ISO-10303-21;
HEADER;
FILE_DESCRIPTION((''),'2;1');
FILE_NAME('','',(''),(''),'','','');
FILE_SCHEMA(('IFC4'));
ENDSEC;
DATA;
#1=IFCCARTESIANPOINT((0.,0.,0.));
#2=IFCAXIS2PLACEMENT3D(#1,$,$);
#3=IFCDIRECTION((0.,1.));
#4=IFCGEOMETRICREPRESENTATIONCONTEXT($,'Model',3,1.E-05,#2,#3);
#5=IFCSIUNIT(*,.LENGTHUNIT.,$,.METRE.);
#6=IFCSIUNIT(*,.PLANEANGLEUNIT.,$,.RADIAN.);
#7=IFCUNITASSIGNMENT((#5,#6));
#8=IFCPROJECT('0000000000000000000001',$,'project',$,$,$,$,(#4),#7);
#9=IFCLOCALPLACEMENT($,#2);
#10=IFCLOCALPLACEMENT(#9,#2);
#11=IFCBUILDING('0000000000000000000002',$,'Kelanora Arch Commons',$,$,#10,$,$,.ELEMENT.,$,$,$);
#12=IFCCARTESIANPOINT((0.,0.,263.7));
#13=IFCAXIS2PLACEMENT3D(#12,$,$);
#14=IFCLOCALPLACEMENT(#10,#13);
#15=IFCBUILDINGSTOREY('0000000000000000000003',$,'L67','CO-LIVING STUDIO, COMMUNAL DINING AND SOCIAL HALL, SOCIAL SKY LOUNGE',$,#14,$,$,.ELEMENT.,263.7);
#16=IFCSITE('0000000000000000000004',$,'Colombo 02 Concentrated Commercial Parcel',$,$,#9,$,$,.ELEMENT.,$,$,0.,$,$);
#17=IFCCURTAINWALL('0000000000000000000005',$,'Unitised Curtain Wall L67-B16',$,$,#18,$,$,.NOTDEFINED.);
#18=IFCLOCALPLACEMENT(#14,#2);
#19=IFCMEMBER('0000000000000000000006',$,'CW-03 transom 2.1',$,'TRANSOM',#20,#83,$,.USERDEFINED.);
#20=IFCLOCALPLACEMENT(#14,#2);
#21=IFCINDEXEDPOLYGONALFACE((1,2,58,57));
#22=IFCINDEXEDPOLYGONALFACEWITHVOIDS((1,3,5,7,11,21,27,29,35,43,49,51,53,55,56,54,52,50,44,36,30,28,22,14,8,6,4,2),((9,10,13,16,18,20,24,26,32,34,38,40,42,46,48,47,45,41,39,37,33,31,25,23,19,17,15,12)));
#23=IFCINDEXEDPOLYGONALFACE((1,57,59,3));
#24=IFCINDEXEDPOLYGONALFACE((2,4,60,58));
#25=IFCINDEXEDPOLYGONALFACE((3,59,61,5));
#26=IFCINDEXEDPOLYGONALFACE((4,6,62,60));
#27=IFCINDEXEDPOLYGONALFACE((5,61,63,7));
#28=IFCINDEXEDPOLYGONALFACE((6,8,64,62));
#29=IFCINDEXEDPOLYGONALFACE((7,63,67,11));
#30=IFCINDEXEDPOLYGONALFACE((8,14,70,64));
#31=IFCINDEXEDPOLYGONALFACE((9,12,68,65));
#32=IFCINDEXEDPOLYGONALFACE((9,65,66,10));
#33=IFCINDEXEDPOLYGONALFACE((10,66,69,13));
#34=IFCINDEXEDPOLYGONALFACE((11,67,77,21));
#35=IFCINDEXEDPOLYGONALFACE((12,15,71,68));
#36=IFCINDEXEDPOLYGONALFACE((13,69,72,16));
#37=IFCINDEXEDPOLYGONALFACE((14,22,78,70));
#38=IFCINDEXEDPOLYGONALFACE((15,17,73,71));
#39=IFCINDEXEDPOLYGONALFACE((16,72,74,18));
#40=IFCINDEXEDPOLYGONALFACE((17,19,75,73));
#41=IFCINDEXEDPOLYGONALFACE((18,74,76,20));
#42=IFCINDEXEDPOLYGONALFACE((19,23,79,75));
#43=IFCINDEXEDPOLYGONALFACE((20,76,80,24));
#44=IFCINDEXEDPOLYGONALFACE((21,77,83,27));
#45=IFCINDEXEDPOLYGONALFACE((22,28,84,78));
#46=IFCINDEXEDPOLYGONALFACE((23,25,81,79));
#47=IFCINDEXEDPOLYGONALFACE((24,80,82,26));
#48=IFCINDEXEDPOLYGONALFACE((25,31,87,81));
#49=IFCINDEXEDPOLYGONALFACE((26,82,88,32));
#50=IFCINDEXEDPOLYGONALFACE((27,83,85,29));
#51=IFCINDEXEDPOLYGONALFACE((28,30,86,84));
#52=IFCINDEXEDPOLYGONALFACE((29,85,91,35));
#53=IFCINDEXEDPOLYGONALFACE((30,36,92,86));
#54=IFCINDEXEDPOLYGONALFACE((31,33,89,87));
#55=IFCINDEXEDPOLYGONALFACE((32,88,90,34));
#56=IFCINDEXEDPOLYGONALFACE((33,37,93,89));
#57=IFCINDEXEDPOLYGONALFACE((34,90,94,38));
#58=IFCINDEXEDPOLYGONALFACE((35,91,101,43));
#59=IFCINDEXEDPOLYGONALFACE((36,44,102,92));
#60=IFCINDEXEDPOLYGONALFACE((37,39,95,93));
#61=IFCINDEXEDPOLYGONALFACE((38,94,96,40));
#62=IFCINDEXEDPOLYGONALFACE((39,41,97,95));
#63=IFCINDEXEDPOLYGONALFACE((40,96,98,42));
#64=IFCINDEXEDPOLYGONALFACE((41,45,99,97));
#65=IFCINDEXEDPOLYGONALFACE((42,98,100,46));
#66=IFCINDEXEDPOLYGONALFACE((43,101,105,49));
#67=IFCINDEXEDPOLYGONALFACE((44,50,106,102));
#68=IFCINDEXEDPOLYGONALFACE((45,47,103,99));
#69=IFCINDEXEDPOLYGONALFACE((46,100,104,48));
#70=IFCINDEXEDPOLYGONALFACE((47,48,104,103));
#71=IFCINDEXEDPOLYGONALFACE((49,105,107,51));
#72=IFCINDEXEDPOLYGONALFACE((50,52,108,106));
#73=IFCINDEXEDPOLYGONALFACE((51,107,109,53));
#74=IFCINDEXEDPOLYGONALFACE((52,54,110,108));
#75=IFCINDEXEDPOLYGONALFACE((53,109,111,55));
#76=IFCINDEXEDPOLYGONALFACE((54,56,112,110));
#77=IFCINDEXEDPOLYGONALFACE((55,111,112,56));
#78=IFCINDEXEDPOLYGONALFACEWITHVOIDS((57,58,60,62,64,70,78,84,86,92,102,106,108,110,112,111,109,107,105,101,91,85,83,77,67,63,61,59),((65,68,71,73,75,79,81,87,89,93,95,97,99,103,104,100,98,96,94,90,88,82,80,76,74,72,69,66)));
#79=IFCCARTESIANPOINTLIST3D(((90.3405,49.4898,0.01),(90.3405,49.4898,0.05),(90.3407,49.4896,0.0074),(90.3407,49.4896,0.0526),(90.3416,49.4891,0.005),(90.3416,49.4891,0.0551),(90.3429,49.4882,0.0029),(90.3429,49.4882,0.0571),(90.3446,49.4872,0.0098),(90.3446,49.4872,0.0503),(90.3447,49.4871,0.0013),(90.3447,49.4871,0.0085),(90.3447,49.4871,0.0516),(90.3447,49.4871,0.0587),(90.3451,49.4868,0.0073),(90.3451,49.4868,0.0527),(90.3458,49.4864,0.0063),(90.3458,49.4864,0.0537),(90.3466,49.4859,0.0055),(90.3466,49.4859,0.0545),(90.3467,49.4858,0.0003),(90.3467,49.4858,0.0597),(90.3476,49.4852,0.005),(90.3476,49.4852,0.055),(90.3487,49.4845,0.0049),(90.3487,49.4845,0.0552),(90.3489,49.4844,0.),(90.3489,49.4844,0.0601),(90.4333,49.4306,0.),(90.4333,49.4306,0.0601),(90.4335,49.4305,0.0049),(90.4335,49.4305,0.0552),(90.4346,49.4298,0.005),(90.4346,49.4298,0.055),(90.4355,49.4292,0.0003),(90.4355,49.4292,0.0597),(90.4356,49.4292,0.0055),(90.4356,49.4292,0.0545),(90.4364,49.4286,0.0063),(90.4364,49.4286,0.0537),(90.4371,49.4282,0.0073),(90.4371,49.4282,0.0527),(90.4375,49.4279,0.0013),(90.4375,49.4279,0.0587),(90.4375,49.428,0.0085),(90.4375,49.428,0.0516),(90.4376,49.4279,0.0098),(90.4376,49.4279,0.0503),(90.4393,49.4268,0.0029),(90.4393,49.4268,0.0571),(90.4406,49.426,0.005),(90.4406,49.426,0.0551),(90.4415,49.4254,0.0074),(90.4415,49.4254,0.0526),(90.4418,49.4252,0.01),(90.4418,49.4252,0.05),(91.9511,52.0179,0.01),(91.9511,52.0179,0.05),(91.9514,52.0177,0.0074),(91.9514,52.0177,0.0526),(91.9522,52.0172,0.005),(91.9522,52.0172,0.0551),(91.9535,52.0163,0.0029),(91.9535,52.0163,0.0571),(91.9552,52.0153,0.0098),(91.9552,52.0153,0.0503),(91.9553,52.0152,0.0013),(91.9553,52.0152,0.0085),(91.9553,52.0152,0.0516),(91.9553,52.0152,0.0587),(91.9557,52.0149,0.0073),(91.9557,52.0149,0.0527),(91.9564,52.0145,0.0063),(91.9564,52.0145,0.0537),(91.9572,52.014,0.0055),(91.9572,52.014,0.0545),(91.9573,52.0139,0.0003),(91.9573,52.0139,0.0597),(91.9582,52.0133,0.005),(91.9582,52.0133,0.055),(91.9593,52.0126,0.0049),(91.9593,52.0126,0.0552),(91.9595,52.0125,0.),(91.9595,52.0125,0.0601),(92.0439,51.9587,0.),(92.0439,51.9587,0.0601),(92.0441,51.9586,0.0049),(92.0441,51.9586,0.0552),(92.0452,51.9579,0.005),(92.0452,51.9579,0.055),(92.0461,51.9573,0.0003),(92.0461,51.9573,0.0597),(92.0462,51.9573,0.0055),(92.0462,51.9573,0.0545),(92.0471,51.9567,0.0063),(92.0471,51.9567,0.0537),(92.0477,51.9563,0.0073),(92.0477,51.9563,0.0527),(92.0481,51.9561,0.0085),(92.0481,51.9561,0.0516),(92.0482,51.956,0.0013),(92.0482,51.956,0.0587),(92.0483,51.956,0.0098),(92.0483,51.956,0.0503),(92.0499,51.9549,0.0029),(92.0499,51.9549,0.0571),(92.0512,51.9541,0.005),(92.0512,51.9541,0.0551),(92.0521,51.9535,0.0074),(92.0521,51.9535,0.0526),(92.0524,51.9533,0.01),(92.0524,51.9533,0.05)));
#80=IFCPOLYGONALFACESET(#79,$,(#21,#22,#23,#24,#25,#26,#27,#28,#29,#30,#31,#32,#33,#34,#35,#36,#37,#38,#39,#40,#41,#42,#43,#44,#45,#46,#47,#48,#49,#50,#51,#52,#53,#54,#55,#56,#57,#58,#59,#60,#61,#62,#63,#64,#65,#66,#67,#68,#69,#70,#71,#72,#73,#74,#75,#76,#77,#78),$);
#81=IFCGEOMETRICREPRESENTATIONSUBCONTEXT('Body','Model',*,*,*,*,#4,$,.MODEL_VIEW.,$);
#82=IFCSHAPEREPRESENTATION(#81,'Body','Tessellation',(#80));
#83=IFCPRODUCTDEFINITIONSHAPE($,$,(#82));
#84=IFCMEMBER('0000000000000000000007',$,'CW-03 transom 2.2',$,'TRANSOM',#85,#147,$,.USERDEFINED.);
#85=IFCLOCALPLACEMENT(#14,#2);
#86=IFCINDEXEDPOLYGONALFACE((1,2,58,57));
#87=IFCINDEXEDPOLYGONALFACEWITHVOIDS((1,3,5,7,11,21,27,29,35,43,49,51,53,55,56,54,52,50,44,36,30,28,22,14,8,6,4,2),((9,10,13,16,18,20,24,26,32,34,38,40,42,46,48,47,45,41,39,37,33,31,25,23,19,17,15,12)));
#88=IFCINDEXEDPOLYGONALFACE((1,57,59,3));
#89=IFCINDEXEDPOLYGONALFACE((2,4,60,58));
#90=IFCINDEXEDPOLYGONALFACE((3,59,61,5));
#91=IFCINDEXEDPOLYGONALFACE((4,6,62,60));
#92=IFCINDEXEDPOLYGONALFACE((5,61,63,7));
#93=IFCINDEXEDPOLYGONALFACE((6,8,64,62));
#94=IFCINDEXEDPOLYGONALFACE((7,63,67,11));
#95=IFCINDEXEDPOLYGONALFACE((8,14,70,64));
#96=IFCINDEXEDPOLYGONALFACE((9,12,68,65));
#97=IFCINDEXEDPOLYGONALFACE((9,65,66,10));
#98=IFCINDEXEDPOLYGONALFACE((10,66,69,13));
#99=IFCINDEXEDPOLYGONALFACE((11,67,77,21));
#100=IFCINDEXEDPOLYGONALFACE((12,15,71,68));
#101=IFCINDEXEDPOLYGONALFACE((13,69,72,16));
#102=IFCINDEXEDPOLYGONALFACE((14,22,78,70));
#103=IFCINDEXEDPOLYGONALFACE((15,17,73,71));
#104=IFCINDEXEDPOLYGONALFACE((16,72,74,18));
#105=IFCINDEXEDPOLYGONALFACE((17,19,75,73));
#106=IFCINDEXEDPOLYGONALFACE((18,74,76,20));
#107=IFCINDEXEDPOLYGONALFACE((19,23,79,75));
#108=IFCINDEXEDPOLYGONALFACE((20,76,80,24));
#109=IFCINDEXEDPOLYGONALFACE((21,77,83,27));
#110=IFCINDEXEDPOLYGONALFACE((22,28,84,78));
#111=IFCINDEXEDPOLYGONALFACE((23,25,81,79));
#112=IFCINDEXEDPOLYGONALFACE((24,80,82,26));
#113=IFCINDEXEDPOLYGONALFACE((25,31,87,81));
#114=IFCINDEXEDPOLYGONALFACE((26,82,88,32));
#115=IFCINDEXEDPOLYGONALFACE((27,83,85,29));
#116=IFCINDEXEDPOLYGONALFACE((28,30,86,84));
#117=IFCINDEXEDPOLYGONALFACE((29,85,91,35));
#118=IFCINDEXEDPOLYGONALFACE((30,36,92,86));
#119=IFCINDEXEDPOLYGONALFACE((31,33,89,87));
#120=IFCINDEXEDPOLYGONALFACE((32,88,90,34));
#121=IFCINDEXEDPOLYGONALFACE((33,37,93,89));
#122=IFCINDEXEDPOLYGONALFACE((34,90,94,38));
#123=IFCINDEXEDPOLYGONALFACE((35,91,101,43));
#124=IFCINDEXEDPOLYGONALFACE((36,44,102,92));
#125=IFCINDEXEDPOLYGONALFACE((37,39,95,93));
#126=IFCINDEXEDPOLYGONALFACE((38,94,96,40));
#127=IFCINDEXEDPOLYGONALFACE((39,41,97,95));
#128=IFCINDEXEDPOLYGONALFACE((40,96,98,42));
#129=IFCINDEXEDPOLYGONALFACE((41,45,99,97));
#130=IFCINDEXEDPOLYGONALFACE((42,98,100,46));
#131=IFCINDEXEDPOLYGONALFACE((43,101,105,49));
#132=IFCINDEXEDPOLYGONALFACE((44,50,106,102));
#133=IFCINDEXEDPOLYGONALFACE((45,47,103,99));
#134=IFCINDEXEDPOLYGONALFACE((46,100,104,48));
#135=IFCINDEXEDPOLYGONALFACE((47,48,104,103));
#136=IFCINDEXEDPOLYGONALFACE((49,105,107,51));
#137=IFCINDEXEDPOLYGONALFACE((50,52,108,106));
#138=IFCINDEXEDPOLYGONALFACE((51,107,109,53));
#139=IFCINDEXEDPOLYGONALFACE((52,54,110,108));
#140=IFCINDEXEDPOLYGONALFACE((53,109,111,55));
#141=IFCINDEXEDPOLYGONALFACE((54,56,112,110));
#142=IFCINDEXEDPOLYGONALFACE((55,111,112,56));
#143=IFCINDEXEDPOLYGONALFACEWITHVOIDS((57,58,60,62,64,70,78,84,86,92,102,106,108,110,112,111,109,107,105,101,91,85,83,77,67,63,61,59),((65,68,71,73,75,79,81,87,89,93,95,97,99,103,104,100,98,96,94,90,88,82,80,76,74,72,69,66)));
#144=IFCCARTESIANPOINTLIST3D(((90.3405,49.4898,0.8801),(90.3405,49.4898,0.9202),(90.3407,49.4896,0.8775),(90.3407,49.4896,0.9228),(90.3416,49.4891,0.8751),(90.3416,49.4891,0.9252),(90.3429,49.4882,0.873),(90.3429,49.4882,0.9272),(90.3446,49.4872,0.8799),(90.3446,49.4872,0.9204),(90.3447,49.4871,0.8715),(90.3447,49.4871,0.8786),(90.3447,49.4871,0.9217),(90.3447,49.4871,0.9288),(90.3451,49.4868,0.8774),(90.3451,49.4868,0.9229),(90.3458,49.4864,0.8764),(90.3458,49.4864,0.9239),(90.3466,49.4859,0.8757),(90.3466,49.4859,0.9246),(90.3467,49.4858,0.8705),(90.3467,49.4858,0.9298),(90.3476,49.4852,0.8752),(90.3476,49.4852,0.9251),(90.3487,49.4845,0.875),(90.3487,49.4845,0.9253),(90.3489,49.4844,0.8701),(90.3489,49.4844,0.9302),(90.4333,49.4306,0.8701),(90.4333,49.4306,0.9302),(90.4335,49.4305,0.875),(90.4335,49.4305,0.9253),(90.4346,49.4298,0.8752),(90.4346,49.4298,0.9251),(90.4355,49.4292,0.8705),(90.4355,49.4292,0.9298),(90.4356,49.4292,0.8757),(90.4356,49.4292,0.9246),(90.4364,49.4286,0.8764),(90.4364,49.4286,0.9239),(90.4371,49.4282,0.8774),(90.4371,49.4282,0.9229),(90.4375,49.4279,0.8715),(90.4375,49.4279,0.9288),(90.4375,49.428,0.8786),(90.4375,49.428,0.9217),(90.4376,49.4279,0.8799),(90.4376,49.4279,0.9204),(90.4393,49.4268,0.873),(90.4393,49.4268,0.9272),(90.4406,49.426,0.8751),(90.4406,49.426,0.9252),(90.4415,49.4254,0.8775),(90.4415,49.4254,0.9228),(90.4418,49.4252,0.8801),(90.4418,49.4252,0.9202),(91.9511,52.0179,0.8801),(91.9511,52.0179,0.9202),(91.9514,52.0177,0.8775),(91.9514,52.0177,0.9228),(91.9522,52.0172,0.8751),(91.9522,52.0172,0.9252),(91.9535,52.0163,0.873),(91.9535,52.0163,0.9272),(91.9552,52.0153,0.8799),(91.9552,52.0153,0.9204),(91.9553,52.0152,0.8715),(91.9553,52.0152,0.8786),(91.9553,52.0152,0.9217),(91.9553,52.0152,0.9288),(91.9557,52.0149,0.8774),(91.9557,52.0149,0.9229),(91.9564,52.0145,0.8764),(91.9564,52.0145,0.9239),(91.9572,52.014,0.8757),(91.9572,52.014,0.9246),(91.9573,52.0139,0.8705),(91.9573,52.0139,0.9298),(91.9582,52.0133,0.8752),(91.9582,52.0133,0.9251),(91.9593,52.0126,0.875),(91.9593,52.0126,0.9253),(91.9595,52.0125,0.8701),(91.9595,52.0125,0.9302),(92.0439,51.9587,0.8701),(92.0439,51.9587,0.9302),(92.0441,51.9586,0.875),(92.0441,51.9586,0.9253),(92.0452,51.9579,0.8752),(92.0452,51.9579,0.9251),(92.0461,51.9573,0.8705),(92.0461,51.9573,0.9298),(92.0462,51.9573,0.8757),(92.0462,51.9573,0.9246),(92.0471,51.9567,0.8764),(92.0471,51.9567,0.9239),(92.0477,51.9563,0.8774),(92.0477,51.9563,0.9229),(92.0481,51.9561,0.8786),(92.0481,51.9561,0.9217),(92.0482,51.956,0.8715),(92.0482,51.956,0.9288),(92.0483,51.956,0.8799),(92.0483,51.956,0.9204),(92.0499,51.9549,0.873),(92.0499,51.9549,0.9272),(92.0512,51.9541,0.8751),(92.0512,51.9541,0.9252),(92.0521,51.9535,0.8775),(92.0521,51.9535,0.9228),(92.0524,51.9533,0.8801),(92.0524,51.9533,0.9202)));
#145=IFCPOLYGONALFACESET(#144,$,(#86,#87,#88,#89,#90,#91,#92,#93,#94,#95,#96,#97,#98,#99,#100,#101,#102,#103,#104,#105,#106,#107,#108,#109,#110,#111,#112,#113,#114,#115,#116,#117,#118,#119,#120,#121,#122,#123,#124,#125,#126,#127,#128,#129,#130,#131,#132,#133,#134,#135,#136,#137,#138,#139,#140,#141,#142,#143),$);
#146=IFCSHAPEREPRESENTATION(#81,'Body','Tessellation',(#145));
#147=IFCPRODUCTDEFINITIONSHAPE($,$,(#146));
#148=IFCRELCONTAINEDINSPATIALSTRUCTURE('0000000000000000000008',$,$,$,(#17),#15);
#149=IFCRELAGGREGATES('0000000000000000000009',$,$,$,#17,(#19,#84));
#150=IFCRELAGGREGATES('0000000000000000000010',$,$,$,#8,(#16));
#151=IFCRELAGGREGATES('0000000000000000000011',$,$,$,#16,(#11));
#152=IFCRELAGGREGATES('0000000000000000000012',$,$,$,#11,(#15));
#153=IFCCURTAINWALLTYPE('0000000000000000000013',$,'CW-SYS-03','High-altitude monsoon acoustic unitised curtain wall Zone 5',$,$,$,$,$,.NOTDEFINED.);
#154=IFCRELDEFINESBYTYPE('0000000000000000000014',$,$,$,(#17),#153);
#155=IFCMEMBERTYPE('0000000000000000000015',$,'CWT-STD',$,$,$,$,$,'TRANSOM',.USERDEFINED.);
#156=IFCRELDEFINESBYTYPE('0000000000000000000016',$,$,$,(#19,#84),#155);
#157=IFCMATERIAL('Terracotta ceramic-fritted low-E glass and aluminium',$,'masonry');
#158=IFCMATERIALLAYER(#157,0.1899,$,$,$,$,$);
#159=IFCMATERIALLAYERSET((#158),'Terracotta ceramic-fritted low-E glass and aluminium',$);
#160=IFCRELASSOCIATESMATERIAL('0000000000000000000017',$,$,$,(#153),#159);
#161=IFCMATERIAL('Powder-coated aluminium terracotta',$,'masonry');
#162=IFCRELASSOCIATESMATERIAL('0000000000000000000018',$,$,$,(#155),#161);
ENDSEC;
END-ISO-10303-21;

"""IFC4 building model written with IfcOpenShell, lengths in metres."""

from ifc_helpers import new_model, si_unit, direction, frame, origin, origin_2d, place, context, subcontext, project, spatial, hollow_rectangle, extrude, material, layer, layer_set, material_profile, profile_set, type_object, element, aggregate, save


model = new_model("IFC4")

# Units and contexts
model_context = context("Model", 3, precision=1e-05, world=origin(), true_north=direction((0.0, 1.0)))
body_context = subcontext(model_context, "Body", "Model", "MODEL_VIEW")
ifc_project = project(units=[si_unit("LENGTHUNIT", "METRE"), si_unit("PLANEANGLEUNIT", "RADIAN")], contexts=[model_context])

# Site, building, storey
site_placement = place(None, origin())
site = spatial("IfcSite", under=ifc_project, at=site_placement, Name="Colombo 02 Concentrated Commercial Parcel", CompositionType="ELEMENT", RefElevation=0.0)
building_placement = place(site_placement, origin())
building = spatial("IfcBuilding", under=site, at=building_placement, Name="Kelanora Arch Commons", CompositionType="ELEMENT")
storey_placement = place(building_placement, frame((0.0, 0.0, 263.7)))
storey = spatial("IfcBuildingStorey", under=building, at=storey_placement, Name="L67", Description="CO-LIVING STUDIO, COMMUNAL DINING AND SOCIAL HALL, SOCIAL SKY LOUNGE", CompositionType="ELEMENT", Elevation=263.7)

# Curtain wall, members
ifc_material_1 = material(Name="Terracotta ceramic-fritted low-E glass and aluminium", Category="masonry")
ifc_layer_1 = layer(ifc_material_1, 0.1899)
ifc_layer_set_1 = layer_set([ifc_layer_1], Name="Terracotta ceramic-fritted low-E glass and aluminium")
curtain_wall_type = type_object("IfcCurtainWallType", Name="CW-SYS-03", Description="High-altitude monsoon acoustic unitised curtain wall Zone 5", PredefinedType="NOTDEFINED", material=ifc_layer_set_1)
curtain_wall_placement = place(storey_placement, origin())
curtain_wall = element("IfcCurtainWall", 1, at=curtain_wall_placement, inside=storey, type_object=curtain_wall_type, Name="Unitised Curtain Wall L67-B16", PredefinedType="NOTDEFINED")
ifc_material_2 = material(Name="Powder-coated aluminium terracotta", Category="masonry")
ifc_material_profile_1 = material_profile(ifc_material_2, hollow_rectangle(XDim=0.1201, YDim=0.0601, WallThickness=0.0049, InnerFilletRadius=0.0049, OuterFilletRadius=0.01, at=origin_2d()), Name="CWT120x60")
ifc_profile_set_1 = profile_set([ifc_material_profile_1], Name="Powder-coated aluminium terracotta")
member_type_1 = type_object("IfcMemberType", Name="CWT-STD", ElementType="TRANSOM", PredefinedType="USERDEFINED", material=ifc_profile_set_1)
member_1_placement = place(storey_placement, frame((90.3911, 49.4575, 0.03), z_axis=(0.537308, 0.843386, 0.0), x_axis=(-0.843386, 0.537308, 0.0)))
member_1 = element("IfcMember", 2, at=member_1_placement, type_object=member_type_1, Name="CW-03 transom 2.1", ObjectType="TRANSOM", PredefinedType="USERDEFINED", context=body_context, shape_type="SweptSolid", body=[
    extrude(hollow_rectangle(XDim=0.1201, YDim=0.0601, WallThickness=0.0049, InnerFilletRadius=0.0049, OuterFilletRadius=0.01, at=origin_2d()), origin(), (0.0, 0.0, 1.0), 2.9976),
])
member_2_placement = place(storey_placement, frame((90.3911, 49.4575, 0.9001), z_axis=(0.537308, 0.843386, 0.0), x_axis=(-0.843386, 0.537308, 0.0)))
member_2 = element("IfcMember", 3, at=member_2_placement, type_object=member_type_1, Name="CW-03 transom 2.2", ObjectType="TRANSOM", PredefinedType="USERDEFINED", context=body_context, shape_type="SweptSolid", body=[
    extrude(hollow_rectangle(XDim=0.1201, YDim=0.0601, WallThickness=0.0049, InnerFilletRadius=0.0049, OuterFilletRadius=0.01, at=origin_2d()), origin(), (0.0, 0.0, 1.0), 2.9976),
])
aggregate(curtain_wall, [member_1, member_2])

save(model, "model.ifc")
